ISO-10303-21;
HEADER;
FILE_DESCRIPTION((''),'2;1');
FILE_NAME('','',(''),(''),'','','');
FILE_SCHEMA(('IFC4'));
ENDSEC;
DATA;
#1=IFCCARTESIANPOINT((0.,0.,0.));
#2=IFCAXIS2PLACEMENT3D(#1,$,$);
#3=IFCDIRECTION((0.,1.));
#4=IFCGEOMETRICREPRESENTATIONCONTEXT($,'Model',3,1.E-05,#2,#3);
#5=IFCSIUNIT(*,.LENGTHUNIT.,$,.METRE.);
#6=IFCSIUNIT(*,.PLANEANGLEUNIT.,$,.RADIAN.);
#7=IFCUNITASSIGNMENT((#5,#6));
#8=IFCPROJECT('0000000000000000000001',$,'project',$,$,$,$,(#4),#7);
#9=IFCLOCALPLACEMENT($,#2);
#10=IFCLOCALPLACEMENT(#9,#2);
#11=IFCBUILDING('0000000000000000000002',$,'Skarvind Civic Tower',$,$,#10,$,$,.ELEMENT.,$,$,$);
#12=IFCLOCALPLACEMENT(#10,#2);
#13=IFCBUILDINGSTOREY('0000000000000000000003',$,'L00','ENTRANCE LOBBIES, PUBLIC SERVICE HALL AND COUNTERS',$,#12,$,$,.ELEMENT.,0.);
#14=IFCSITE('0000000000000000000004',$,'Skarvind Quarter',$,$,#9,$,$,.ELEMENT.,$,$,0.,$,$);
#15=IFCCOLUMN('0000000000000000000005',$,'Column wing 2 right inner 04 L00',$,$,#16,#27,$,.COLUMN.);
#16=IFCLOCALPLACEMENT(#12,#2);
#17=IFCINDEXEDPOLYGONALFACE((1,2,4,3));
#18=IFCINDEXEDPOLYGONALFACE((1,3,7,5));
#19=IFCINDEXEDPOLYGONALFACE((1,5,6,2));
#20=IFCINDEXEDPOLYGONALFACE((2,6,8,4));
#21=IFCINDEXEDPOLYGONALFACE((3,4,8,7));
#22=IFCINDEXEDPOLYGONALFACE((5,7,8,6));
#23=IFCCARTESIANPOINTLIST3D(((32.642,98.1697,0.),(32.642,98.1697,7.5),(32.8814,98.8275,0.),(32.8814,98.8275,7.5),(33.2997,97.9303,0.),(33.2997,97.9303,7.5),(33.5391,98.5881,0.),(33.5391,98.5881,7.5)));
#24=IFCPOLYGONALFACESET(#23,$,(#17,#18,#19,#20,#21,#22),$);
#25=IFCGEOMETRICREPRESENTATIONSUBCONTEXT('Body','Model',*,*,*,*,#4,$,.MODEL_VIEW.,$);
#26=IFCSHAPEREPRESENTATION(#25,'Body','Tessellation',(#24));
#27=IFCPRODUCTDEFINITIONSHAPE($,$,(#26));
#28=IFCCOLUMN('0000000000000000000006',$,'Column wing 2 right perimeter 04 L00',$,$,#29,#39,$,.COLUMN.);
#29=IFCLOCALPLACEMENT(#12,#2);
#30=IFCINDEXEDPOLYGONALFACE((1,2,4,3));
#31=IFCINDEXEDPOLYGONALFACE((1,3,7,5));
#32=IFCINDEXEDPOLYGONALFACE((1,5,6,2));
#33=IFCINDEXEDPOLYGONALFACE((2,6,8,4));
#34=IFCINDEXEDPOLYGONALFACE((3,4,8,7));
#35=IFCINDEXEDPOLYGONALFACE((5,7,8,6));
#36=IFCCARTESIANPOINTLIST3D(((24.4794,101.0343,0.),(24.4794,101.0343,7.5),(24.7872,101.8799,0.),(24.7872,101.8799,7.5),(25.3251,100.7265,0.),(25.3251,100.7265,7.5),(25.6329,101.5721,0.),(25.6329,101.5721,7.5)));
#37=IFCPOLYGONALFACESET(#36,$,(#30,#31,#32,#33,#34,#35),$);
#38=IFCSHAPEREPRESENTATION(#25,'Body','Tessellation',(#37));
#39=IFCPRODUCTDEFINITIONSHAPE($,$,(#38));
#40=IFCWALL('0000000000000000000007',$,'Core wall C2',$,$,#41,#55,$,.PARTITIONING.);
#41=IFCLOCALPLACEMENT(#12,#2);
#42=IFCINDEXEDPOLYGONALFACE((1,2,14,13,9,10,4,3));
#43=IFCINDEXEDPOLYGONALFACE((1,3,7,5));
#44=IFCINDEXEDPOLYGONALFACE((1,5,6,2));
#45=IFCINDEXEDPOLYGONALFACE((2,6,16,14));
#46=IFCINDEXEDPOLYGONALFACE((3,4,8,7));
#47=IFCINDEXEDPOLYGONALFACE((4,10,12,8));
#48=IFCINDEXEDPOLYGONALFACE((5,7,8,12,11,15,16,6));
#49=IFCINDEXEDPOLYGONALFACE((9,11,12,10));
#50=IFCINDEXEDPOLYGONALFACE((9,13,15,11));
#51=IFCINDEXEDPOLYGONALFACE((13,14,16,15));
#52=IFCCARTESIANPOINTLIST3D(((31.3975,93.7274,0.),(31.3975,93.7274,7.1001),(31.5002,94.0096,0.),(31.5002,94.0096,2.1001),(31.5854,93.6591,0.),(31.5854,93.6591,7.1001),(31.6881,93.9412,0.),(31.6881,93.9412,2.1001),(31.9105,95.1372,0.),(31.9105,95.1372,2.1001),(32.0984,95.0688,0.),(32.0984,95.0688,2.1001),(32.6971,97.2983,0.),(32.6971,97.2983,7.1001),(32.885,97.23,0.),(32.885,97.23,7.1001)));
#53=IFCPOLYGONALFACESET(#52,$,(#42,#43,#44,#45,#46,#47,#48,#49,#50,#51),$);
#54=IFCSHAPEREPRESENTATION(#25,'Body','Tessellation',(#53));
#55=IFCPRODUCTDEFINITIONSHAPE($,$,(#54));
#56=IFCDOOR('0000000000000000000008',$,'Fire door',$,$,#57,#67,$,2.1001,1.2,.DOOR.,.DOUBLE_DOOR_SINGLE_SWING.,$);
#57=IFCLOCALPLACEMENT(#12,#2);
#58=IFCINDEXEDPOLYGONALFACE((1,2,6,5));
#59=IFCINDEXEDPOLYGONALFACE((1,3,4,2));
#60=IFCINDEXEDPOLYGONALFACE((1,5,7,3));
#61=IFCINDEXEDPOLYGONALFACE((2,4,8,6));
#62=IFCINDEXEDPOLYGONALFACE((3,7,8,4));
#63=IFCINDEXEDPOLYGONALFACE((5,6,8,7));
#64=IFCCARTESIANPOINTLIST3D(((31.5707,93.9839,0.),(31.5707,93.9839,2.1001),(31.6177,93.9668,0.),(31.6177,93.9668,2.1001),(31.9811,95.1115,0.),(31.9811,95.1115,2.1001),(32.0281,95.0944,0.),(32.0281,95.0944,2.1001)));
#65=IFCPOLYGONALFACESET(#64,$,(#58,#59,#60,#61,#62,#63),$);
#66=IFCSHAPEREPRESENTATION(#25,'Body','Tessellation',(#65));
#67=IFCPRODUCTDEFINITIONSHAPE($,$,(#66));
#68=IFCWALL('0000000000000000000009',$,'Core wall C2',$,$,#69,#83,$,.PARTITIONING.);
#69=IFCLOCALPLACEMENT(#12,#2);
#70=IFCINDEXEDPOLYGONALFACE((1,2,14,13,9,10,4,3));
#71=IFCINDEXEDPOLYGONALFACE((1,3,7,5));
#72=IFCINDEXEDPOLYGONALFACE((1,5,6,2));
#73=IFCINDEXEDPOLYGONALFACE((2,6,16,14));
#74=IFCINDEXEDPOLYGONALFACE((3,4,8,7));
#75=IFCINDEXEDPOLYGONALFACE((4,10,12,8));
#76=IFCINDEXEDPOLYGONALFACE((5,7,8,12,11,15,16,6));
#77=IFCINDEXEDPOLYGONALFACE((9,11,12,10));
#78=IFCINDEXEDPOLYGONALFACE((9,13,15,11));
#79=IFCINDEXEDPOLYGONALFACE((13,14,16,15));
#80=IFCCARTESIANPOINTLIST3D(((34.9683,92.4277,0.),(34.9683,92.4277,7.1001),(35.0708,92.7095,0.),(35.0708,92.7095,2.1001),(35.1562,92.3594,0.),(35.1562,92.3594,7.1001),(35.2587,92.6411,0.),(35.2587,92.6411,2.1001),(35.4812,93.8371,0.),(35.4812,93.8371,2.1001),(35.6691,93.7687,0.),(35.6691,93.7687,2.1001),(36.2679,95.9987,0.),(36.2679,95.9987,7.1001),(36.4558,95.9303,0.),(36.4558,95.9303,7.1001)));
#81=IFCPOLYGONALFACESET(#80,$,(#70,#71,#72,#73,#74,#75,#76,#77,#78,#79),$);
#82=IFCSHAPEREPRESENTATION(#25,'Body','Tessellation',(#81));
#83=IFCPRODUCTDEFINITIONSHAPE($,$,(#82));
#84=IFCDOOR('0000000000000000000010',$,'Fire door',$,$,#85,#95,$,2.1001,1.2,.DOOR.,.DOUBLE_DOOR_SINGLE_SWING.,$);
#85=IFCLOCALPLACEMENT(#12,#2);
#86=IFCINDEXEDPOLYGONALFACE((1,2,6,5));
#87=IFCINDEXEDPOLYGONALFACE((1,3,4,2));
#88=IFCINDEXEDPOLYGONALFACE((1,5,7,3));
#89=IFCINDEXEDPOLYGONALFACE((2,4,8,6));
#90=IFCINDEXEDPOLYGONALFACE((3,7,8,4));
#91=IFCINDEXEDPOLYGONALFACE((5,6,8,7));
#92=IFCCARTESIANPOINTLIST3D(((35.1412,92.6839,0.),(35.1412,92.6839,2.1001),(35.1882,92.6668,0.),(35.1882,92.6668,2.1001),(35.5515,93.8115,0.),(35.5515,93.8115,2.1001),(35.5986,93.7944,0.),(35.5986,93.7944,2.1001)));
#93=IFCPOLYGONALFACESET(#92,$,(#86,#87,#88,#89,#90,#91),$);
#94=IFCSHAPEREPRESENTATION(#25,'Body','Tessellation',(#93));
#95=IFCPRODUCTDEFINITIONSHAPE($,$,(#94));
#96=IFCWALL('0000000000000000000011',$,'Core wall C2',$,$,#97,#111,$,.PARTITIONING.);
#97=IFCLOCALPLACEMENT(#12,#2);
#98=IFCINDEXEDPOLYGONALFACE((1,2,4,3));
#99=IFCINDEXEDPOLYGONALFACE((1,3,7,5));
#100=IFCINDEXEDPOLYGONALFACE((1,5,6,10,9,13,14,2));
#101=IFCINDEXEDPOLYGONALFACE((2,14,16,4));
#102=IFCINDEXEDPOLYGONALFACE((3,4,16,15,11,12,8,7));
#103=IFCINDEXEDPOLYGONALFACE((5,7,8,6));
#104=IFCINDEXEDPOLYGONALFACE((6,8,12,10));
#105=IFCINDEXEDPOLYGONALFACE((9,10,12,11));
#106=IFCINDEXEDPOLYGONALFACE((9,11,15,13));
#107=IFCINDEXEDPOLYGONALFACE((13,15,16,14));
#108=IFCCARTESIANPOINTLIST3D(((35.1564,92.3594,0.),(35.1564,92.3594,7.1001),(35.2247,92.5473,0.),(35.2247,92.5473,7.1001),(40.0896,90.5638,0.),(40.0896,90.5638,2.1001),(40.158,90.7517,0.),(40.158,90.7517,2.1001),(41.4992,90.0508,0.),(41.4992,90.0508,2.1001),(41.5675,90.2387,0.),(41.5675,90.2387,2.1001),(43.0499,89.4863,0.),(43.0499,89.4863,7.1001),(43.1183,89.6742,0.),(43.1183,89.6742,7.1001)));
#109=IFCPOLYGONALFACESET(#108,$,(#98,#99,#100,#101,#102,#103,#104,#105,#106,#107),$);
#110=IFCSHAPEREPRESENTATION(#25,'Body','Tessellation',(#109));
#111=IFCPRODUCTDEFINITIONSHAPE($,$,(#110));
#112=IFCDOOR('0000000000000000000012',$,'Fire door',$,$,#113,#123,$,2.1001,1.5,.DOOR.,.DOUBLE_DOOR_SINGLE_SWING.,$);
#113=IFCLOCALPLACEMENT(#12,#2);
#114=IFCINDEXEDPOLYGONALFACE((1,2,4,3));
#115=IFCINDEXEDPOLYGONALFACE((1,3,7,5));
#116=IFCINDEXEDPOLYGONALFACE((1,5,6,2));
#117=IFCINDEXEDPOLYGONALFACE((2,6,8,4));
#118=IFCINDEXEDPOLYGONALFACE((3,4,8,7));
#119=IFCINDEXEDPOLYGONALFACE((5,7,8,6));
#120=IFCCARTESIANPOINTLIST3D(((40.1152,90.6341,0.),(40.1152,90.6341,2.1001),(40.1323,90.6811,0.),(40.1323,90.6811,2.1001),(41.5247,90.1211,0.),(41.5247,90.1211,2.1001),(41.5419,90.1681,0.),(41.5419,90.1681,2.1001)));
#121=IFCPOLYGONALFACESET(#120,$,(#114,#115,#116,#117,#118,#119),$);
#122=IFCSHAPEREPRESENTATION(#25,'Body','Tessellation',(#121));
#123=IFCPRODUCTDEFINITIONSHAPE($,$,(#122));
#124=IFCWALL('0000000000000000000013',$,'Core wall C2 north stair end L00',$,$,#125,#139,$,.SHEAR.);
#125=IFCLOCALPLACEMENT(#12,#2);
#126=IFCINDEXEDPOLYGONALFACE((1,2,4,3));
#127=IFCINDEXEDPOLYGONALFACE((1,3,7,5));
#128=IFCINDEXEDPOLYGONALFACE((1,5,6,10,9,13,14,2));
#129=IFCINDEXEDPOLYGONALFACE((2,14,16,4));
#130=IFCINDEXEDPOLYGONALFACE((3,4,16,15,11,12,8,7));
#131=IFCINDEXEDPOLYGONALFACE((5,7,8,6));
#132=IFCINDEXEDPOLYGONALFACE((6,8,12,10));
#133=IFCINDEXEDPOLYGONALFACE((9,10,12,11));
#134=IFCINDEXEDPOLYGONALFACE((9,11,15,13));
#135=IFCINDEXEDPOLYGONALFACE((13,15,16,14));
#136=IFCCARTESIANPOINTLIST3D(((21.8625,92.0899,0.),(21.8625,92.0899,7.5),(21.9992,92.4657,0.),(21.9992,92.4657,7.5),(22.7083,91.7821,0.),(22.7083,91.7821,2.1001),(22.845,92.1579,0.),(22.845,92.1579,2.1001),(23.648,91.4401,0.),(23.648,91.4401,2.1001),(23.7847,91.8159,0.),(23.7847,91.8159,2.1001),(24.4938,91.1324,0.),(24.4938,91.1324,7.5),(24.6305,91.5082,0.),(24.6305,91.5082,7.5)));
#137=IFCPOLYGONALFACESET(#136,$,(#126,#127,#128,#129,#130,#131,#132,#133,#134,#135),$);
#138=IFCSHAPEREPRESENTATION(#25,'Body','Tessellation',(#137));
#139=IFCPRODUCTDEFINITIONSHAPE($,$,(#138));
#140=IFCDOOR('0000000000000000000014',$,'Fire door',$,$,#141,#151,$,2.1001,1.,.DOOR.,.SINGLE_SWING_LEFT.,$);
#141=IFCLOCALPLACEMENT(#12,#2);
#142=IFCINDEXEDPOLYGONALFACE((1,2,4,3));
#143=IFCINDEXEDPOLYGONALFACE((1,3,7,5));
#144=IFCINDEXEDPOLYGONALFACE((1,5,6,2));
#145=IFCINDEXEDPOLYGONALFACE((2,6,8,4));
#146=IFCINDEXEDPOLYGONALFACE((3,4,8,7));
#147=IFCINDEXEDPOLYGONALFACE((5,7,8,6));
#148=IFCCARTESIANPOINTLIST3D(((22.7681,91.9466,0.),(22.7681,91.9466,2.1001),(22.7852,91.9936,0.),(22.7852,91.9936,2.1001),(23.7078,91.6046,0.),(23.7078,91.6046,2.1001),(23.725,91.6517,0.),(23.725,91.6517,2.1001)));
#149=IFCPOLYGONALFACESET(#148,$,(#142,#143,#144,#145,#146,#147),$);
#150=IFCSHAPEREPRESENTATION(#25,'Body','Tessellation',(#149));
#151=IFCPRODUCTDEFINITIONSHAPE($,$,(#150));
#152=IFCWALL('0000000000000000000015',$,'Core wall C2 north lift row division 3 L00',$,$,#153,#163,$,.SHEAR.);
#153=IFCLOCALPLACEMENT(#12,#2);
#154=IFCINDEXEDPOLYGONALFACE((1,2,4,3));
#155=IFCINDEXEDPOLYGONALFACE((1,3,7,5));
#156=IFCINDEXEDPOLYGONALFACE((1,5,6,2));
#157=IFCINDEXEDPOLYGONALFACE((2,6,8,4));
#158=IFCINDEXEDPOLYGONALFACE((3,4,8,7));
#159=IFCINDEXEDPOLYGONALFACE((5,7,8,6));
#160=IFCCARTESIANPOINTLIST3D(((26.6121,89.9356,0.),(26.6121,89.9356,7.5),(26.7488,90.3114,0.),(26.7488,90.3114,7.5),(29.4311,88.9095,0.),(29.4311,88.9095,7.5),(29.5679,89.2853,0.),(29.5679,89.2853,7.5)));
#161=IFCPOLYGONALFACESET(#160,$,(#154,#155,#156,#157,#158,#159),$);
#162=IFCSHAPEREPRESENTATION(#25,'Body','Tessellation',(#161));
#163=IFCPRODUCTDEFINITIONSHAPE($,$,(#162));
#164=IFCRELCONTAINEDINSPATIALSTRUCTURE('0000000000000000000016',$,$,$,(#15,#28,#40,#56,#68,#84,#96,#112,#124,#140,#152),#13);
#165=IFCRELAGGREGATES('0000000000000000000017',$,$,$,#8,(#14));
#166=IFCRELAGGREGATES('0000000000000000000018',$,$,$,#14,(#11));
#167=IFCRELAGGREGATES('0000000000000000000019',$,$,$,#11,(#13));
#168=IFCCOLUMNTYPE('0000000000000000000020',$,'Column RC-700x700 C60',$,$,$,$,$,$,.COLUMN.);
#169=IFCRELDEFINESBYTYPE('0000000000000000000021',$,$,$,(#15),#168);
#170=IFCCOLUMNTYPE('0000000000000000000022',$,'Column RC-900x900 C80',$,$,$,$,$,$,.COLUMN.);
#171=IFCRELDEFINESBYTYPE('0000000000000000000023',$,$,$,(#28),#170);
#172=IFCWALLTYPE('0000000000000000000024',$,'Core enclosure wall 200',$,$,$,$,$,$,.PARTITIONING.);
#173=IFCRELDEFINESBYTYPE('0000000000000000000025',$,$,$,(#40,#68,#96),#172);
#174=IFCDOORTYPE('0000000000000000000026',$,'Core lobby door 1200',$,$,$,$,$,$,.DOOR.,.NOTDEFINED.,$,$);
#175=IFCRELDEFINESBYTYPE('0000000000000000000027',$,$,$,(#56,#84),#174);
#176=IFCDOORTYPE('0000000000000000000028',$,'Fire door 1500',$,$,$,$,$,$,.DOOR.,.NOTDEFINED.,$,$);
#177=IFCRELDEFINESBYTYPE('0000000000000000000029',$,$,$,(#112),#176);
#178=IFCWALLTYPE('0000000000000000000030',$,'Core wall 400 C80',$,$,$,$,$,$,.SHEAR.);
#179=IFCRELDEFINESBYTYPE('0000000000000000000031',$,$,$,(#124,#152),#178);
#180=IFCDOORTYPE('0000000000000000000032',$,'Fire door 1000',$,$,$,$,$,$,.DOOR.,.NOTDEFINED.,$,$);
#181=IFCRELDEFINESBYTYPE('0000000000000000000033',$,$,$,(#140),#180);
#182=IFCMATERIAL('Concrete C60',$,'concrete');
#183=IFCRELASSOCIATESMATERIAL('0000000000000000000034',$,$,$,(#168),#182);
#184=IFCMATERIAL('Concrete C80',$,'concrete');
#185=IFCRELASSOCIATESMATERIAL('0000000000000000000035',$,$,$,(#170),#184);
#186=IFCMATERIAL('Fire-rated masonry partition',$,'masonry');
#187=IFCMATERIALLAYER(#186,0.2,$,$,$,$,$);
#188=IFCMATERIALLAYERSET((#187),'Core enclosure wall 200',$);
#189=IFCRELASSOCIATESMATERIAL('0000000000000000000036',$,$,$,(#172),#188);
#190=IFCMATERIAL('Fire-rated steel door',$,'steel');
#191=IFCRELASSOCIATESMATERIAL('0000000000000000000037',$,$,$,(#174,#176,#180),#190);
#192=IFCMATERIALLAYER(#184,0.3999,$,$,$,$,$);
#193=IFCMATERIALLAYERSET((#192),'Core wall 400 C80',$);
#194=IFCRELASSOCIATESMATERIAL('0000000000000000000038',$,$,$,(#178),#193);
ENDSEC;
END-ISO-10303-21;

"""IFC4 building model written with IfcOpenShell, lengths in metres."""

from ifc_helpers import new_model, si_unit, direction, frame, frame_2d, origin, origin_2d, place, context, subcontext, project, spatial, rectangle, extrude, material, layer, layer_set, material_profile, profile_set, type_object, element, fill, save


model = new_model("IFC4")

# Units and contexts
model_context = context("Model", 3, precision=1e-05, world=origin(), true_north=direction((0.0, 1.0)))
body_context = subcontext(model_context, "Body", "Model", "MODEL_VIEW")
ifc_project = project(units=[si_unit("LENGTHUNIT", "METRE"), si_unit("PLANEANGLEUNIT", "RADIAN")], contexts=[model_context])

# Site, building, storey
site_placement = place(None, origin())
site = spatial("IfcSite", under=ifc_project, at=site_placement, Name="Skarvind Quarter", CompositionType="ELEMENT", RefElevation=0.0)
building_placement = place(site_placement, origin())
building = spatial("IfcBuilding", under=site, at=building_placement, Name="Skarvind Civic Tower", CompositionType="ELEMENT")
storey_placement = place(building_placement, origin())
storey = spatial("IfcBuildingStorey", under=building, at=storey_placement, Name="L00", Description="ENTRANCE LOBBIES, PUBLIC SERVICE HALL AND COUNTERS", CompositionType="ELEMENT", Elevation=0.0)

# Columns
ifc_material_1 = material(Name="Concrete C60", Category="concrete")
ifc_material_profile_1 = material_profile(ifc_material_1, rectangle(XDim=0.7, YDim=0.7, at=origin_2d()), Name="RC-700x700")
ifc_profile_set_1 = profile_set([ifc_material_profile_1], Name="Concrete C60")
column_type_1 = type_object("IfcColumnType", Name="Column RC-700x700 C60", PredefinedType="COLUMN", material=ifc_profile_set_1)
column_1_placement = place(storey_placement, frame((33.0906, 98.3789, 0.0), z_axis=(0.0, 0.0, 1.0), x_axis=(-0.34202, -0.939693, 0.0)))
element("IfcColumn", 1, at=column_1_placement, inside=storey, type_object=column_type_1, Name="Column wing 2 right inner 04 L00", PredefinedType="COLUMN", context=body_context, shape_type="SweptSolid", body=[
    extrude(rectangle(XDim=0.7, YDim=0.7, at=origin_2d()), origin(), (0.0, 0.0, 1.0), 7.5),
])
ifc_material_2 = material(Name="Concrete C80", Category="concrete")
ifc_material_profile_2 = material_profile(ifc_material_2, rectangle(XDim=0.8999, YDim=0.8999, at=origin_2d()), Name="RC-900x900")
ifc_profile_set_2 = profile_set([ifc_material_profile_2], Name="Concrete C80")
column_type_2 = type_object("IfcColumnType", Name="Column RC-900x900 C80", PredefinedType="COLUMN", material=ifc_profile_set_2)
column_2_placement = place(storey_placement, frame((25.0562, 101.3032, 0.0), z_axis=(0.0, 0.0, 1.0), x_axis=(-0.34202, -0.939693, 0.0)))
element("IfcColumn", 2, at=column_2_placement, inside=storey, type_object=column_type_2, Name="Column wing 2 right perimeter 04 L00", PredefinedType="COLUMN", context=body_context, shape_type="SweptSolid", body=[
    extrude(rectangle(XDim=0.8999, YDim=0.8999, at=origin_2d()), origin(), (0.0, 0.0, 1.0), 7.5),
])

# Walls, openings, doors
ifc_material_3 = material(Name="Fire-rated masonry partition", Category="masonry")
ifc_layer_1 = layer(ifc_material_3, 0.2)
ifc_layer_set_1 = layer_set([ifc_layer_1], Name="Core enclosure wall 200")
wall_type_1 = type_object("IfcWallType", Name="Core enclosure wall 200", PredefinedType="PARTITIONING", material=ifc_layer_set_1)
wall_1_placement = place(storey_placement, frame((31.4915, 93.6934, 0.0), z_axis=(0.0, 0.0, 1.0), x_axis=(0.341996, 0.939701, 0.0)))
wall_1 = element("IfcWall", 3, at=wall_1_placement, inside=storey, type_object=wall_type_1, Name="Core wall C2", PredefinedType="PARTITIONING", context=body_context, shape_type="SweptSolid", body=[
    extrude(rectangle(XDim=3.8, YDim=0.2, at=frame_2d((1.8999, 0.0))), origin(), (0.0, 0.0, 1.0), 7.1001),
])
opening_1_placement = place(wall_1_placement, frame((0.3, 0.0, 0.0)))
opening_1 = element("IfcOpeningElement", 4, at=opening_1_placement, cuts=wall_1, PredefinedType="OPENING", context=body_context, shape_type="SweptSolid", body=[
    extrude(rectangle(XDim=1.2, YDim=2.1001, at=frame_2d((0.6001, 1.05))), frame((0.0, 0.1099, 0.0), z_axis=(0.0, -1.0, 0.0), x_axis=(1.0, 0.0, 0.0)), (0.0, 0.0, 1.0), 0.22),
])
ifc_material_4 = material(Name="Fire-rated steel door", Category="steel")
door_type_1 = type_object("IfcDoorType", Name="Core lobby door 1200", OperationType="NOTDEFINED", PredefinedType="DOOR", material=ifc_material_4)
door_1_placement = place(opening_1_placement, origin())
door_1 = element("IfcDoor", 5, at=door_1_placement, inside=storey, type_object=door_type_1, Name="Fire door", OperationType="DOUBLE_DOOR_SINGLE_SWING", OverallHeight=2.1001, OverallWidth=1.2, PredefinedType="DOOR", context=body_context, shape_type="SweptSolid", body=[
    extrude(rectangle(XDim=1.2, YDim=2.1001, at=frame_2d((0.6001, 1.05))), frame((0.0, 0.0249, 0.0), z_axis=(0.0, -1.0, 0.0), x_axis=(1.0, 0.0, 0.0)), (0.0, 0.0, 1.0), 0.05),
])
fill(opening_1, door_1)
wall_2_placement = place(storey_placement, frame((36.3618, 95.9644, 0.0), z_axis=(0.0, 0.0, 1.0), x_axis=(-0.341996, -0.939701, 0.0)))
wall_2 = element("IfcWall", 6, at=wall_2_placement, inside=storey, type_object=wall_type_1, Name="Core wall C2", PredefinedType="PARTITIONING", context=body_context, shape_type="SweptSolid", body=[
    extrude(rectangle(XDim=3.8, YDim=0.2, at=frame_2d((1.8999, 0.0))), origin(), (0.0, 0.0, 1.0), 7.1001),
])
opening_2_placement = place(wall_2_placement, frame((2.3, 0.0, 0.0)))
opening_2 = element("IfcOpeningElement", 7, at=opening_2_placement, cuts=wall_2, PredefinedType="OPENING", context=body_context, shape_type="SweptSolid", body=[
    extrude(rectangle(XDim=1.2, YDim=2.1001, at=frame_2d((0.6001, 1.05))), frame((0.0, 0.1099, 0.0), z_axis=(0.0, -1.0, 0.0), x_axis=(1.0, 0.0, 0.0)), (0.0, 0.0, 1.0), 0.22),
])
door_2_placement = place(opening_2_placement, origin())
door_2 = element("IfcDoor", 8, at=door_2_placement, inside=storey, type_object=door_type_1, Name="Fire door", OperationType="DOUBLE_DOOR_SINGLE_SWING", OverallHeight=2.1001, OverallWidth=1.2, PredefinedType="DOOR", context=body_context, shape_type="SweptSolid", body=[
    extrude(rectangle(XDim=1.2, YDim=2.1001, at=frame_2d((0.6001, 1.05))), frame((0.0, 0.0249, 0.0), z_axis=(0.0, -1.0, 0.0), x_axis=(1.0, 0.0, 0.0)), (0.0, 0.0, 1.0), 0.05),
])
fill(opening_2, door_2)
wall_3_placement = place(storey_placement, frame((35.1904, 92.4534, 0.0), z_axis=(0.0, 0.0, 1.0), x_axis=(0.939692, -0.342023, 0.0)))
wall_3 = element("IfcWall", 9, at=wall_3_placement, inside=storey, type_object=wall_type_1, Name="Core wall C2", PredefinedType="PARTITIONING", context=body_context, shape_type="SweptSolid", body=[
    extrude(rectangle(XDim=8.4001, YDim=0.2, at=frame_2d((4.2002, 0.0))), origin(), (0.0, 0.0, 1.0), 7.1001),
])
opening_3_placement = place(wall_3_placement, frame((5.25, 0.0, 0.0)))
opening_3 = element("IfcOpeningElement", 10, at=opening_3_placement, cuts=wall_3, PredefinedType="OPENING", context=body_context, shape_type="SweptSolid", body=[
    extrude(rectangle(XDim=1.5, YDim=2.1001, at=frame_2d((0.75, 1.05))), frame((0.0, 0.1099, 0.0), z_axis=(0.0, -1.0, 0.0), x_axis=(1.0, 0.0, 0.0)), (0.0, 0.0, 1.0), 0.22),
])
door_type_2 = type_object("IfcDoorType", Name="Fire door 1500", OperationType="NOTDEFINED", PredefinedType="DOOR", material=ifc_material_4)
door_3_placement = place(opening_3_placement, origin())
door_3 = element("IfcDoor", 11, at=door_3_placement, inside=storey, type_object=door_type_2, Name="Fire door", OperationType="DOUBLE_DOOR_SINGLE_SWING", OverallHeight=2.1001, OverallWidth=1.5, PredefinedType="DOOR", context=body_context, shape_type="SweptSolid", body=[
    extrude(rectangle(XDim=1.5, YDim=2.1001, at=frame_2d((0.75, 1.05))), frame((0.0, 0.0249, 0.0), z_axis=(0.0, -1.0, 0.0), x_axis=(1.0, 0.0, 0.0)), (0.0, 0.0, 1.0), 0.05),
])
fill(opening_3, door_3)
ifc_layer_2 = layer(ifc_material_2, 0.3999)
ifc_layer_set_2 = layer_set([ifc_layer_2], Name="Core wall 400 C80")
wall_type_2 = type_object("IfcWallType", Name="Core wall 400 C80", PredefinedType="SHEAR", material=ifc_layer_set_2)
wall_4_placement = place(storey_placement, frame((24.562, 91.3203, 0.0), z_axis=(0.0, 0.0, 1.0), x_axis=(-0.939717, 0.341953, 0.0)))
wall_4 = element("IfcWall", 12, at=wall_4_placement, inside=storey, type_object=wall_type_2, Name="Core wall C2 north stair end L00", PredefinedType="SHEAR", context=body_context, shape_type="SweptSolid", body=[
    extrude(rectangle(XDim=2.8, YDim=0.3999, at=frame_2d((1.3999, 0.0))), origin(), (0.0, 0.0, 1.0), 7.5),
])
opening_4_placement = place(wall_4_placement, frame((0.8999, 0.0, 0.0)))
opening_4 = element("IfcOpeningElement", 13, at=opening_4_placement, cuts=wall_4, PredefinedType="OPENING", context=body_context, shape_type="SweptSolid", body=[
    extrude(rectangle(XDim=1.0, YDim=2.1001, at=frame_2d((0.5, 1.05))), frame((0.0, 0.21, 0.0), z_axis=(0.0, -1.0, 0.0), x_axis=(1.0, 0.0, 0.0)), (0.0, 0.0, 1.0), 0.4199),
])
door_type_3 = type_object("IfcDoorType", Name="Fire door 1000", OperationType="NOTDEFINED", PredefinedType="DOOR", material=ifc_material_4)
door_4_placement = place(opening_4_placement, origin())
door_4 = element("IfcDoor", 14, at=door_4_placement, inside=storey, type_object=door_type_3, Name="Fire door", OperationType="SINGLE_SWING_LEFT", OverallHeight=2.1001, OverallWidth=1.0, PredefinedType="DOOR", context=body_context, shape_type="SweptSolid", body=[
    extrude(rectangle(XDim=1.0, YDim=2.1001, at=frame_2d((0.5, 1.05))), frame((0.0, 0.0249, 0.0), z_axis=(0.0, -1.0, 0.0), x_axis=(1.0, 0.0, 0.0)), (0.0, 0.0, 1.0), 0.05),
])
fill(opening_4, door_4)

# Wall
for number, where, z_axis, x_axis, name in (
    (15, (29.4995, 89.0974, 0.0), (0.0, 0.0, 1.0), (-0.939686, 0.342037, 0.0), "Core wall C2 north lift row division 3 L00"),
):
    element("IfcWall", number, at=place(storey_placement, frame(where, z_axis=z_axis, x_axis=x_axis)), inside=storey, type_object=wall_type_2, Name=name, PredefinedType="SHEAR", context=body_context, shape_type="SweptSolid", body=[
        extrude(rectangle(XDim=3.0, YDim=0.3999, at=frame_2d((1.5, 0.0))), origin(), (0.0, 0.0, 1.0), 7.5),
    ])

save(model, "model.ifc")
